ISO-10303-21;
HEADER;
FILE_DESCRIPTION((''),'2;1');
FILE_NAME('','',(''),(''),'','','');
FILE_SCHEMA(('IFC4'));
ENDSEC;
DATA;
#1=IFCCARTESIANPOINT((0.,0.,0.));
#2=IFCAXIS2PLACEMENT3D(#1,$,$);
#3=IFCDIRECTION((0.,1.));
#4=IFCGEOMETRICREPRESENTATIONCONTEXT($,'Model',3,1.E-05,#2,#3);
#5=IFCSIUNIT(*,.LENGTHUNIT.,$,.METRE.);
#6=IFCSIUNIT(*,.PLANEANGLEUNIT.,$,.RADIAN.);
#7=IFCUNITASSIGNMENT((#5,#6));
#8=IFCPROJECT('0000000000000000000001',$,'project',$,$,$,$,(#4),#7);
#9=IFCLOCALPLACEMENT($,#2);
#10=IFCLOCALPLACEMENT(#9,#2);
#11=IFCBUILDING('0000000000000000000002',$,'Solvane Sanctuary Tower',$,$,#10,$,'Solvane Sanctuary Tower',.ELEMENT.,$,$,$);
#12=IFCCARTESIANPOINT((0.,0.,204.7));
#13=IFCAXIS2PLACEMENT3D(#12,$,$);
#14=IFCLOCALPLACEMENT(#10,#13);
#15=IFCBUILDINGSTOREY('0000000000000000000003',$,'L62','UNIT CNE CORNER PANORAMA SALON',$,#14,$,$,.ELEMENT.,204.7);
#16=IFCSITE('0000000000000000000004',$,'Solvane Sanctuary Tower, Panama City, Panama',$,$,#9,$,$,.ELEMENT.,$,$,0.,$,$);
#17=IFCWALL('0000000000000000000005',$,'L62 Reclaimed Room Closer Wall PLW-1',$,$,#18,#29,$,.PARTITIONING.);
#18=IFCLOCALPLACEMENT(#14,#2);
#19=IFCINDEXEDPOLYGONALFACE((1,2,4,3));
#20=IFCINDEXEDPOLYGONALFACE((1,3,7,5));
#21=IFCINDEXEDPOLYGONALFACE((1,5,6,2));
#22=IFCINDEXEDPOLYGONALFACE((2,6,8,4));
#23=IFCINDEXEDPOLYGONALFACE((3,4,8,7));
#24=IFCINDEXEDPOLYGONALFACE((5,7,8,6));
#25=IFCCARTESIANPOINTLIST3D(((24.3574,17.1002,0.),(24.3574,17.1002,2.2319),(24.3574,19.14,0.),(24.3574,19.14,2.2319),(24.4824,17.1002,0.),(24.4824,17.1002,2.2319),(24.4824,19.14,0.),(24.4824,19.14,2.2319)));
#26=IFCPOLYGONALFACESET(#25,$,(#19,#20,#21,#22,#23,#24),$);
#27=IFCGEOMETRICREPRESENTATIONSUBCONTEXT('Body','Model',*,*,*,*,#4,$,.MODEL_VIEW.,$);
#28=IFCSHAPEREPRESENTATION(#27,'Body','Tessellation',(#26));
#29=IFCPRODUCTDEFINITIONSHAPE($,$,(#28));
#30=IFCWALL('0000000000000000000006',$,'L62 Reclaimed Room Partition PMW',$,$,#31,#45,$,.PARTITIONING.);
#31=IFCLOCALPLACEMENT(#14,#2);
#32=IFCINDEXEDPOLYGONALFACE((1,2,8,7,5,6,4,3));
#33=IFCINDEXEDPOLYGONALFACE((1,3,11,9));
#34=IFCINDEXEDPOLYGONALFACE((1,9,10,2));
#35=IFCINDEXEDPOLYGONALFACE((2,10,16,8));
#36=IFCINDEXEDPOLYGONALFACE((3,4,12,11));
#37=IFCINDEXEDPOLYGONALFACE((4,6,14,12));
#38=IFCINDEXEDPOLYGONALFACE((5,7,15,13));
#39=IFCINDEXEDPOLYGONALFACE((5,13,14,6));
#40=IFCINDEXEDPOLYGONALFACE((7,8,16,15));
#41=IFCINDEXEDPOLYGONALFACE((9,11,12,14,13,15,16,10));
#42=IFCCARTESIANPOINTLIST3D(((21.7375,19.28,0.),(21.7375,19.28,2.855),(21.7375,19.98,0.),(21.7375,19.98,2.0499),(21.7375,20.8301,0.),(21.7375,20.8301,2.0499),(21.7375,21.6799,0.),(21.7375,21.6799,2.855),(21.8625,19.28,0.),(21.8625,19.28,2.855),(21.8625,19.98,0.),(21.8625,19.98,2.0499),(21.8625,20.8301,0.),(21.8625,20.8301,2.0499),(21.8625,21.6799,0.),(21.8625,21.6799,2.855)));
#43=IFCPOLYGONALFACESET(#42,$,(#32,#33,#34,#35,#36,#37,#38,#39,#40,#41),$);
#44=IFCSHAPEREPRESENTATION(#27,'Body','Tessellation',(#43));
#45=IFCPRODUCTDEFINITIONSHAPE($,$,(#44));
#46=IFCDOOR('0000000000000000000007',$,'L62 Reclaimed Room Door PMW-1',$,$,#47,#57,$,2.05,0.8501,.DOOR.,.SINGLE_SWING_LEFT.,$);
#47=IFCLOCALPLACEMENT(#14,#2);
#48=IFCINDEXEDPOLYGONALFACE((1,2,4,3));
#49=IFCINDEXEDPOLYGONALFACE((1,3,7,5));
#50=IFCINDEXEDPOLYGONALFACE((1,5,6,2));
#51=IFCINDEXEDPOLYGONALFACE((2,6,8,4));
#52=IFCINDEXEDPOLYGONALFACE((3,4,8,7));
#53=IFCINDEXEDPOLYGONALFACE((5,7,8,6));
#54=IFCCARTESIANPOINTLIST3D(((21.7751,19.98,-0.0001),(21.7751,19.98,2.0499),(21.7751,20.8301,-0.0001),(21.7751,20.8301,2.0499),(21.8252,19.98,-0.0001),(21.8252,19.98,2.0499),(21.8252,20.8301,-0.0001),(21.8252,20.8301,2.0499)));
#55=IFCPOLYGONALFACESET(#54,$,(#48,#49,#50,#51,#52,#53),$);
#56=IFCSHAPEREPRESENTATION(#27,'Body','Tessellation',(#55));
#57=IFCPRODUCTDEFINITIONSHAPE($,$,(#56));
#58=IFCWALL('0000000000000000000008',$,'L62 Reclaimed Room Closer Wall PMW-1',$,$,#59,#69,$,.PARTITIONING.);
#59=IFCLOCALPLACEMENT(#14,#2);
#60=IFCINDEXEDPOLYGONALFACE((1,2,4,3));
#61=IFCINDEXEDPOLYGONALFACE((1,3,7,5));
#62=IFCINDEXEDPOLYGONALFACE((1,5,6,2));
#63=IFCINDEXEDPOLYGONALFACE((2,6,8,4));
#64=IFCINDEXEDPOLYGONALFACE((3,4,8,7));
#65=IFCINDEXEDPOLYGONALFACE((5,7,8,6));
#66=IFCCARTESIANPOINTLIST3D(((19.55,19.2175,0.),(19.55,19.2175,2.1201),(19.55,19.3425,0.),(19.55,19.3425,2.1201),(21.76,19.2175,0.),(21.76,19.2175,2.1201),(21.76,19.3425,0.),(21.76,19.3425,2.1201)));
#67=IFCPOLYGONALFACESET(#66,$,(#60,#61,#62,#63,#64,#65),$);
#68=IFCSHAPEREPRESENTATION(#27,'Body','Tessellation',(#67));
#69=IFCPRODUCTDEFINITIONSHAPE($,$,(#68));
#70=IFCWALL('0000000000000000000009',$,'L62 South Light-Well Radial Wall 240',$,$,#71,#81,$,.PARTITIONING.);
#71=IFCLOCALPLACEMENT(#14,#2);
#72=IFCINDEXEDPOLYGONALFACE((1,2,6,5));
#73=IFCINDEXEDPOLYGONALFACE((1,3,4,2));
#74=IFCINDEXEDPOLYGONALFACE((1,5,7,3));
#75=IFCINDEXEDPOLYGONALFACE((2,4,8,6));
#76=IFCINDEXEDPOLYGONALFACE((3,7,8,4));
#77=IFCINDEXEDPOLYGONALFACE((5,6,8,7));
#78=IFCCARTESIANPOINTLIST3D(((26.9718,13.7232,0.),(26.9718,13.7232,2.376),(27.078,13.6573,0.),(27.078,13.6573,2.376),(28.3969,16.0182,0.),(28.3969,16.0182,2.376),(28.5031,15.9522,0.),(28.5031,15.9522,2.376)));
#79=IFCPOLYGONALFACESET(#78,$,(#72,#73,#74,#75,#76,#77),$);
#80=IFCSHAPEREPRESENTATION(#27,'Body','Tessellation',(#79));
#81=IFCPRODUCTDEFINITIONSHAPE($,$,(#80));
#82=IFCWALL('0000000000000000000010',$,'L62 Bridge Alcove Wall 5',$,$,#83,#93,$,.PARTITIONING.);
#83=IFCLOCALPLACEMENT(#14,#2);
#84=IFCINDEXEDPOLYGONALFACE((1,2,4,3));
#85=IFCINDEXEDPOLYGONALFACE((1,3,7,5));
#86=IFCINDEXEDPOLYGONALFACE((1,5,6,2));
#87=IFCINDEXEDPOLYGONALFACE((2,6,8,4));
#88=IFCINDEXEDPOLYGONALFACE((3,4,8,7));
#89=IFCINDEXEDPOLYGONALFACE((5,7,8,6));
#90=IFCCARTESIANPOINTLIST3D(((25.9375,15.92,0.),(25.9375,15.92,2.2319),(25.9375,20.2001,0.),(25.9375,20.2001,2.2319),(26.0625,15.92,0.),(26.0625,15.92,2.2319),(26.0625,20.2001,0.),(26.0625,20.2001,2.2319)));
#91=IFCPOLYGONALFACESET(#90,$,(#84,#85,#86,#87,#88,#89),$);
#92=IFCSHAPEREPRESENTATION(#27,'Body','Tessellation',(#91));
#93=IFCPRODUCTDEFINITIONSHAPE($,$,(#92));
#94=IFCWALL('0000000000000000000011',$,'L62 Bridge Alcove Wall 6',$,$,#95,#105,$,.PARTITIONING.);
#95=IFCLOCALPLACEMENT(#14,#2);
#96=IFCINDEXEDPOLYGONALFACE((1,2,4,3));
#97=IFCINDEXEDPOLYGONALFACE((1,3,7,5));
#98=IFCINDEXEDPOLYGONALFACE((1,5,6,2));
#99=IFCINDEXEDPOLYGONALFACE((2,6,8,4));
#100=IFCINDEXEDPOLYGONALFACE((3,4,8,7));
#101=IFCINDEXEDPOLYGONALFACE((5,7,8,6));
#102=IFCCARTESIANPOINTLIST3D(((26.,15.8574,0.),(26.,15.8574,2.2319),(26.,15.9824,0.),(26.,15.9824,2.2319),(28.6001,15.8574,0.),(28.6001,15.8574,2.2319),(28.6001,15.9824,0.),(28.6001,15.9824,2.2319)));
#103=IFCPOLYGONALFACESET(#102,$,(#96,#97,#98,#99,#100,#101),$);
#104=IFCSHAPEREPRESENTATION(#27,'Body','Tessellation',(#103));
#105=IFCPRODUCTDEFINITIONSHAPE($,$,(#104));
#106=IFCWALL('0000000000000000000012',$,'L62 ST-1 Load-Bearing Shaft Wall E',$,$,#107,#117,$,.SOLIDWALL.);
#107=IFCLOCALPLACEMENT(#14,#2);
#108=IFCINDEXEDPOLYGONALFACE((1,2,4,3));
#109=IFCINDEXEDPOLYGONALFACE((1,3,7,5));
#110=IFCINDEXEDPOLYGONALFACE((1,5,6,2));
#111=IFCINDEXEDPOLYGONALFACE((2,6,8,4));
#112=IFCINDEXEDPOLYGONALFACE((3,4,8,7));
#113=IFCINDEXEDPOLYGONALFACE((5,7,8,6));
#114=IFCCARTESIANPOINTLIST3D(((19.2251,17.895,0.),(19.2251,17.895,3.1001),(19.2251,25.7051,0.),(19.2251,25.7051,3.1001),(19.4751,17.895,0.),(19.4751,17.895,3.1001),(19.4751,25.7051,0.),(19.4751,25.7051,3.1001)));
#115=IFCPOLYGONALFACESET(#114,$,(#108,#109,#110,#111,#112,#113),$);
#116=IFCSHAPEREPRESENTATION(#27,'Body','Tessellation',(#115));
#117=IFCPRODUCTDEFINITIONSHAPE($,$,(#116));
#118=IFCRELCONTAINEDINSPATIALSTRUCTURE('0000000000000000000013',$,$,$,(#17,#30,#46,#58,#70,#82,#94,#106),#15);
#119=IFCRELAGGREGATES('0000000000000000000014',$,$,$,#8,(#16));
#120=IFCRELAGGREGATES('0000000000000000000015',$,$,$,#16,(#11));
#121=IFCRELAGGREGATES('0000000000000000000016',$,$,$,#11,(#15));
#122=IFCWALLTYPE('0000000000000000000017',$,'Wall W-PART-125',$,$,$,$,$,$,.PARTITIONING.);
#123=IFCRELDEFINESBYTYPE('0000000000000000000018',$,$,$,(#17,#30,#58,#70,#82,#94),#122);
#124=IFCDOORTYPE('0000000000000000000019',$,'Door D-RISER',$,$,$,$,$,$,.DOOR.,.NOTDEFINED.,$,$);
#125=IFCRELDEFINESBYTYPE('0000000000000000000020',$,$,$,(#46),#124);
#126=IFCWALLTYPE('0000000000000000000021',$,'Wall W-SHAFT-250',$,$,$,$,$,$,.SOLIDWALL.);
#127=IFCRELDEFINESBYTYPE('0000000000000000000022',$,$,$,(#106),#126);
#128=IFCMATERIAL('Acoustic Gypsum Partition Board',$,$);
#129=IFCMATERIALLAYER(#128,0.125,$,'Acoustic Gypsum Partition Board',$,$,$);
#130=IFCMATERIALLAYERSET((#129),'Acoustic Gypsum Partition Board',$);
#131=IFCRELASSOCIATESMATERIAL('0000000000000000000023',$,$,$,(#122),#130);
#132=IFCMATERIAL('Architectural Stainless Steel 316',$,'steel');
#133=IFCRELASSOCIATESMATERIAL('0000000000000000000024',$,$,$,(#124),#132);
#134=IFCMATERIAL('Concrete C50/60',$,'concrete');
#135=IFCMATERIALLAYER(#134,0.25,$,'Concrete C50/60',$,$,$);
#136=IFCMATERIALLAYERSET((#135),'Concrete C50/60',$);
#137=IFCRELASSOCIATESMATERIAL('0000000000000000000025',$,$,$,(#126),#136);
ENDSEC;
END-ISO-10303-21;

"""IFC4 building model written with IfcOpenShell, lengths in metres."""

from ifc_helpers import new_model, si_unit, direction, frame, frame_2d, origin, place, context, subcontext, project, spatial, rectangle, extrude, material, layer, layer_set, type_object, element, fill, save


model = new_model("IFC4")

# Units and contexts
model_context = context("Model", 3, precision=1e-05, world=origin(), true_north=direction((0.0, 1.0)))
body_context = subcontext(model_context, "Body", "Model", "MODEL_VIEW")
ifc_project = project(units=[si_unit("LENGTHUNIT", "METRE"), si_unit("PLANEANGLEUNIT", "RADIAN")], contexts=[model_context])

# Site, building, storey
site_placement = place(None, origin())
site = spatial("IfcSite", under=ifc_project, at=site_placement, Name="Solvane Sanctuary Tower, Panama City, Panama", CompositionType="ELEMENT", RefElevation=0.0)
building_placement = place(site_placement, origin())
building = spatial("IfcBuilding", under=site, at=building_placement, Name="Solvane Sanctuary Tower", LongName="Solvane Sanctuary Tower", CompositionType="ELEMENT")
storey_placement = place(building_placement, frame((0.0, 0.0, 204.7)))
storey = spatial("IfcBuildingStorey", under=building, at=storey_placement, Name="L62", Description="UNIT CNE CORNER PANORAMA SALON", CompositionType="ELEMENT", Elevation=204.7)

# Shared definitions
ifc_material_1 = material(Name="Concrete C50/60", Category="concrete")

# Shared definitions
ifc_material_2 = material(Name="Acoustic Gypsum Partition Board")
ifc_layer_1 = layer(ifc_material_2, 0.125, Name="Acoustic Gypsum Partition Board")
ifc_layer_set_1 = layer_set([ifc_layer_1], Name="Acoustic Gypsum Partition Board")
wall_type_1 = type_object("IfcWallType", Name="Wall W-PART-125", PredefinedType="PARTITIONING", material=ifc_layer_set_1)
ifc_material_3 = material(Name="Architectural Stainless Steel 316", Category="steel")
door_type = type_object("IfcDoorType", Name="Door D-RISER", OperationType="NOTDEFINED", PredefinedType="DOOR", material=ifc_material_3)

# Wall
wall_1_placement = place(storey_placement, frame((24.4199, 17.1001, 0.0), z_axis=(0.0, 0.0, 1.0), x_axis=(0.0, 1.0, 0.0)))
element("IfcWall", 1, at=wall_1_placement, inside=storey, type_object=wall_type_1, Name="L62 Reclaimed Room Closer Wall PLW-1", PredefinedType="PARTITIONING", context=body_context, shape_type="SweptSolid", body=[
    extrude(rectangle(XDim=2.0398, YDim=0.125, at=frame_2d((1.02, 0.0))), origin(), (0.0, 0.0, 1.0), 2.2319),
])

# Wall, opening, door
wall_2_placement = place(storey_placement, frame((21.8, 19.28, 0.0), z_axis=(0.0, 0.0, 1.0), x_axis=(0.0, 1.0, 0.0)))
wall_2 = element("IfcWall", 2, at=wall_2_placement, inside=storey, type_object=wall_type_1, Name="L62 Reclaimed Room Partition PMW", PredefinedType="PARTITIONING", context=body_context, shape_type="SweptSolid", body=[
    extrude(rectangle(XDim=2.3999, YDim=0.125, at=frame_2d((1.2, 0.0))), origin(), (0.0, 0.0, 1.0), 2.855),
])
opening_1_placement = place(wall_2_placement, frame((0.7, 0.0, 0.0)))
opening_1 = element("IfcOpeningElement", 3, at=opening_1_placement, cuts=wall_2, PredefinedType="OPENING", context=body_context, shape_type="SweptSolid", body=[
    extrude(rectangle(XDim=0.8501, YDim=2.05, at=frame_2d((0.425, 1.0249))), frame((0.0, 0.0725, 0.0), z_axis=(0.0, -1.0, 0.0), x_axis=(1.0, 0.0, 0.0)), (0.0, 0.0, 1.0), 0.145),
])
door_1_placement = place(opening_1_placement, origin())
door_1 = element("IfcDoor", 4, at=door_1_placement, inside=storey, type_object=door_type, Name="L62 Reclaimed Room Door PMW-1", OperationType="SINGLE_SWING_LEFT", OverallHeight=2.05, OverallWidth=0.8501, PredefinedType="DOOR", context=body_context, shape_type="SweptSolid", body=[
    extrude(rectangle(XDim=0.8501, YDim=2.05, at=frame_2d((0.425, 1.0249))), frame((0.0, 0.0249, 0.0), z_axis=(0.0, -1.0, 0.0), x_axis=(1.0, 0.0, 0.0)), (0.0, 0.0, 1.0), 0.05),
])
fill(opening_1, door_1)

# Walls
wall_3_placement = place(storey_placement, frame((19.55, 19.28, 0.0), z_axis=(0.0, 0.0, 1.0), x_axis=(1.0, 0.0, 0.0)))
element("IfcWall", 5, at=wall_3_placement, inside=storey, type_object=wall_type_1, Name="L62 Reclaimed Room Closer Wall PMW-1", PredefinedType="PARTITIONING", context=body_context, shape_type="SweptSolid", body=[
    extrude(rectangle(XDim=2.21, YDim=0.125, at=frame_2d((1.105, 0.0))), origin(), (0.0, 0.0, 1.0), 2.1201),
])
wall_4_placement = place(storey_placement, frame((28.45, 15.9851, 0.0), z_axis=(0.0, 0.0, 1.0), x_axis=(-0.527527, -0.849538, 0.0)))
element("IfcWall", 6, at=wall_4_placement, inside=storey, type_object=wall_type_1, Name="L62 South Light-Well Radial Wall 240", PredefinedType="PARTITIONING", context=body_context, shape_type="SweptSolid", body=[
    extrude(rectangle(XDim=2.7014, YDim=0.125, at=frame_2d((1.3506, 0.0))), origin(), (0.0, 0.0, 1.0), 2.376),
])
wall_5_placement = place(storey_placement, frame((26.0, 15.9199, 0.0), z_axis=(0.0, 0.0, 1.0), x_axis=(0.0, 1.0, 0.0)))
element("IfcWall", 7, at=wall_5_placement, inside=storey, type_object=wall_type_1, Name="L62 Bridge Alcove Wall 5", PredefinedType="PARTITIONING", context=body_context, shape_type="SweptSolid", body=[
    extrude(rectangle(XDim=4.28, YDim=0.125, at=frame_2d((2.1401, 0.0))), origin(), (0.0, 0.0, 1.0), 2.2319),
])
wall_6_placement = place(storey_placement, frame((26.0, 15.9199, 0.0), z_axis=(0.0, 0.0, 1.0), x_axis=(1.0, 0.0, 0.0)))
element("IfcWall", 8, at=wall_6_placement, inside=storey, type_object=wall_type_1, Name="L62 Bridge Alcove Wall 6", PredefinedType="PARTITIONING", context=body_context, shape_type="SweptSolid", body=[
    extrude(rectangle(XDim=2.6001, YDim=0.125, at=frame_2d((1.3, 0.0))), origin(), (0.0, 0.0, 1.0), 2.2319),
])
ifc_layer_2 = layer(ifc_material_1, 0.25, Name="Concrete C50/60")
ifc_layer_set_2 = layer_set([ifc_layer_2], Name="Concrete C50/60")
wall_type_2 = type_object("IfcWallType", Name="Wall W-SHAFT-250", PredefinedType="SOLIDWALL", material=ifc_layer_set_2)
wall_7_placement = place(storey_placement, frame((19.3501, 17.895, 0.0), z_axis=(0.0, 0.0, 1.0), x_axis=(0.0, 1.0, 0.0)))
element("IfcWall", 9, at=wall_7_placement, inside=storey, type_object=wall_type_2, Name="L62 ST-1 Load-Bearing Shaft Wall E", PredefinedType="SOLIDWALL", context=body_context, shape_type="SweptSolid", body=[
    extrude(rectangle(XDim=7.8101, YDim=0.25, at=frame_2d((3.905, 0.0))), origin(), (0.0, 0.0, 1.0), 3.1001),
])

save(model, "model.ifc")
